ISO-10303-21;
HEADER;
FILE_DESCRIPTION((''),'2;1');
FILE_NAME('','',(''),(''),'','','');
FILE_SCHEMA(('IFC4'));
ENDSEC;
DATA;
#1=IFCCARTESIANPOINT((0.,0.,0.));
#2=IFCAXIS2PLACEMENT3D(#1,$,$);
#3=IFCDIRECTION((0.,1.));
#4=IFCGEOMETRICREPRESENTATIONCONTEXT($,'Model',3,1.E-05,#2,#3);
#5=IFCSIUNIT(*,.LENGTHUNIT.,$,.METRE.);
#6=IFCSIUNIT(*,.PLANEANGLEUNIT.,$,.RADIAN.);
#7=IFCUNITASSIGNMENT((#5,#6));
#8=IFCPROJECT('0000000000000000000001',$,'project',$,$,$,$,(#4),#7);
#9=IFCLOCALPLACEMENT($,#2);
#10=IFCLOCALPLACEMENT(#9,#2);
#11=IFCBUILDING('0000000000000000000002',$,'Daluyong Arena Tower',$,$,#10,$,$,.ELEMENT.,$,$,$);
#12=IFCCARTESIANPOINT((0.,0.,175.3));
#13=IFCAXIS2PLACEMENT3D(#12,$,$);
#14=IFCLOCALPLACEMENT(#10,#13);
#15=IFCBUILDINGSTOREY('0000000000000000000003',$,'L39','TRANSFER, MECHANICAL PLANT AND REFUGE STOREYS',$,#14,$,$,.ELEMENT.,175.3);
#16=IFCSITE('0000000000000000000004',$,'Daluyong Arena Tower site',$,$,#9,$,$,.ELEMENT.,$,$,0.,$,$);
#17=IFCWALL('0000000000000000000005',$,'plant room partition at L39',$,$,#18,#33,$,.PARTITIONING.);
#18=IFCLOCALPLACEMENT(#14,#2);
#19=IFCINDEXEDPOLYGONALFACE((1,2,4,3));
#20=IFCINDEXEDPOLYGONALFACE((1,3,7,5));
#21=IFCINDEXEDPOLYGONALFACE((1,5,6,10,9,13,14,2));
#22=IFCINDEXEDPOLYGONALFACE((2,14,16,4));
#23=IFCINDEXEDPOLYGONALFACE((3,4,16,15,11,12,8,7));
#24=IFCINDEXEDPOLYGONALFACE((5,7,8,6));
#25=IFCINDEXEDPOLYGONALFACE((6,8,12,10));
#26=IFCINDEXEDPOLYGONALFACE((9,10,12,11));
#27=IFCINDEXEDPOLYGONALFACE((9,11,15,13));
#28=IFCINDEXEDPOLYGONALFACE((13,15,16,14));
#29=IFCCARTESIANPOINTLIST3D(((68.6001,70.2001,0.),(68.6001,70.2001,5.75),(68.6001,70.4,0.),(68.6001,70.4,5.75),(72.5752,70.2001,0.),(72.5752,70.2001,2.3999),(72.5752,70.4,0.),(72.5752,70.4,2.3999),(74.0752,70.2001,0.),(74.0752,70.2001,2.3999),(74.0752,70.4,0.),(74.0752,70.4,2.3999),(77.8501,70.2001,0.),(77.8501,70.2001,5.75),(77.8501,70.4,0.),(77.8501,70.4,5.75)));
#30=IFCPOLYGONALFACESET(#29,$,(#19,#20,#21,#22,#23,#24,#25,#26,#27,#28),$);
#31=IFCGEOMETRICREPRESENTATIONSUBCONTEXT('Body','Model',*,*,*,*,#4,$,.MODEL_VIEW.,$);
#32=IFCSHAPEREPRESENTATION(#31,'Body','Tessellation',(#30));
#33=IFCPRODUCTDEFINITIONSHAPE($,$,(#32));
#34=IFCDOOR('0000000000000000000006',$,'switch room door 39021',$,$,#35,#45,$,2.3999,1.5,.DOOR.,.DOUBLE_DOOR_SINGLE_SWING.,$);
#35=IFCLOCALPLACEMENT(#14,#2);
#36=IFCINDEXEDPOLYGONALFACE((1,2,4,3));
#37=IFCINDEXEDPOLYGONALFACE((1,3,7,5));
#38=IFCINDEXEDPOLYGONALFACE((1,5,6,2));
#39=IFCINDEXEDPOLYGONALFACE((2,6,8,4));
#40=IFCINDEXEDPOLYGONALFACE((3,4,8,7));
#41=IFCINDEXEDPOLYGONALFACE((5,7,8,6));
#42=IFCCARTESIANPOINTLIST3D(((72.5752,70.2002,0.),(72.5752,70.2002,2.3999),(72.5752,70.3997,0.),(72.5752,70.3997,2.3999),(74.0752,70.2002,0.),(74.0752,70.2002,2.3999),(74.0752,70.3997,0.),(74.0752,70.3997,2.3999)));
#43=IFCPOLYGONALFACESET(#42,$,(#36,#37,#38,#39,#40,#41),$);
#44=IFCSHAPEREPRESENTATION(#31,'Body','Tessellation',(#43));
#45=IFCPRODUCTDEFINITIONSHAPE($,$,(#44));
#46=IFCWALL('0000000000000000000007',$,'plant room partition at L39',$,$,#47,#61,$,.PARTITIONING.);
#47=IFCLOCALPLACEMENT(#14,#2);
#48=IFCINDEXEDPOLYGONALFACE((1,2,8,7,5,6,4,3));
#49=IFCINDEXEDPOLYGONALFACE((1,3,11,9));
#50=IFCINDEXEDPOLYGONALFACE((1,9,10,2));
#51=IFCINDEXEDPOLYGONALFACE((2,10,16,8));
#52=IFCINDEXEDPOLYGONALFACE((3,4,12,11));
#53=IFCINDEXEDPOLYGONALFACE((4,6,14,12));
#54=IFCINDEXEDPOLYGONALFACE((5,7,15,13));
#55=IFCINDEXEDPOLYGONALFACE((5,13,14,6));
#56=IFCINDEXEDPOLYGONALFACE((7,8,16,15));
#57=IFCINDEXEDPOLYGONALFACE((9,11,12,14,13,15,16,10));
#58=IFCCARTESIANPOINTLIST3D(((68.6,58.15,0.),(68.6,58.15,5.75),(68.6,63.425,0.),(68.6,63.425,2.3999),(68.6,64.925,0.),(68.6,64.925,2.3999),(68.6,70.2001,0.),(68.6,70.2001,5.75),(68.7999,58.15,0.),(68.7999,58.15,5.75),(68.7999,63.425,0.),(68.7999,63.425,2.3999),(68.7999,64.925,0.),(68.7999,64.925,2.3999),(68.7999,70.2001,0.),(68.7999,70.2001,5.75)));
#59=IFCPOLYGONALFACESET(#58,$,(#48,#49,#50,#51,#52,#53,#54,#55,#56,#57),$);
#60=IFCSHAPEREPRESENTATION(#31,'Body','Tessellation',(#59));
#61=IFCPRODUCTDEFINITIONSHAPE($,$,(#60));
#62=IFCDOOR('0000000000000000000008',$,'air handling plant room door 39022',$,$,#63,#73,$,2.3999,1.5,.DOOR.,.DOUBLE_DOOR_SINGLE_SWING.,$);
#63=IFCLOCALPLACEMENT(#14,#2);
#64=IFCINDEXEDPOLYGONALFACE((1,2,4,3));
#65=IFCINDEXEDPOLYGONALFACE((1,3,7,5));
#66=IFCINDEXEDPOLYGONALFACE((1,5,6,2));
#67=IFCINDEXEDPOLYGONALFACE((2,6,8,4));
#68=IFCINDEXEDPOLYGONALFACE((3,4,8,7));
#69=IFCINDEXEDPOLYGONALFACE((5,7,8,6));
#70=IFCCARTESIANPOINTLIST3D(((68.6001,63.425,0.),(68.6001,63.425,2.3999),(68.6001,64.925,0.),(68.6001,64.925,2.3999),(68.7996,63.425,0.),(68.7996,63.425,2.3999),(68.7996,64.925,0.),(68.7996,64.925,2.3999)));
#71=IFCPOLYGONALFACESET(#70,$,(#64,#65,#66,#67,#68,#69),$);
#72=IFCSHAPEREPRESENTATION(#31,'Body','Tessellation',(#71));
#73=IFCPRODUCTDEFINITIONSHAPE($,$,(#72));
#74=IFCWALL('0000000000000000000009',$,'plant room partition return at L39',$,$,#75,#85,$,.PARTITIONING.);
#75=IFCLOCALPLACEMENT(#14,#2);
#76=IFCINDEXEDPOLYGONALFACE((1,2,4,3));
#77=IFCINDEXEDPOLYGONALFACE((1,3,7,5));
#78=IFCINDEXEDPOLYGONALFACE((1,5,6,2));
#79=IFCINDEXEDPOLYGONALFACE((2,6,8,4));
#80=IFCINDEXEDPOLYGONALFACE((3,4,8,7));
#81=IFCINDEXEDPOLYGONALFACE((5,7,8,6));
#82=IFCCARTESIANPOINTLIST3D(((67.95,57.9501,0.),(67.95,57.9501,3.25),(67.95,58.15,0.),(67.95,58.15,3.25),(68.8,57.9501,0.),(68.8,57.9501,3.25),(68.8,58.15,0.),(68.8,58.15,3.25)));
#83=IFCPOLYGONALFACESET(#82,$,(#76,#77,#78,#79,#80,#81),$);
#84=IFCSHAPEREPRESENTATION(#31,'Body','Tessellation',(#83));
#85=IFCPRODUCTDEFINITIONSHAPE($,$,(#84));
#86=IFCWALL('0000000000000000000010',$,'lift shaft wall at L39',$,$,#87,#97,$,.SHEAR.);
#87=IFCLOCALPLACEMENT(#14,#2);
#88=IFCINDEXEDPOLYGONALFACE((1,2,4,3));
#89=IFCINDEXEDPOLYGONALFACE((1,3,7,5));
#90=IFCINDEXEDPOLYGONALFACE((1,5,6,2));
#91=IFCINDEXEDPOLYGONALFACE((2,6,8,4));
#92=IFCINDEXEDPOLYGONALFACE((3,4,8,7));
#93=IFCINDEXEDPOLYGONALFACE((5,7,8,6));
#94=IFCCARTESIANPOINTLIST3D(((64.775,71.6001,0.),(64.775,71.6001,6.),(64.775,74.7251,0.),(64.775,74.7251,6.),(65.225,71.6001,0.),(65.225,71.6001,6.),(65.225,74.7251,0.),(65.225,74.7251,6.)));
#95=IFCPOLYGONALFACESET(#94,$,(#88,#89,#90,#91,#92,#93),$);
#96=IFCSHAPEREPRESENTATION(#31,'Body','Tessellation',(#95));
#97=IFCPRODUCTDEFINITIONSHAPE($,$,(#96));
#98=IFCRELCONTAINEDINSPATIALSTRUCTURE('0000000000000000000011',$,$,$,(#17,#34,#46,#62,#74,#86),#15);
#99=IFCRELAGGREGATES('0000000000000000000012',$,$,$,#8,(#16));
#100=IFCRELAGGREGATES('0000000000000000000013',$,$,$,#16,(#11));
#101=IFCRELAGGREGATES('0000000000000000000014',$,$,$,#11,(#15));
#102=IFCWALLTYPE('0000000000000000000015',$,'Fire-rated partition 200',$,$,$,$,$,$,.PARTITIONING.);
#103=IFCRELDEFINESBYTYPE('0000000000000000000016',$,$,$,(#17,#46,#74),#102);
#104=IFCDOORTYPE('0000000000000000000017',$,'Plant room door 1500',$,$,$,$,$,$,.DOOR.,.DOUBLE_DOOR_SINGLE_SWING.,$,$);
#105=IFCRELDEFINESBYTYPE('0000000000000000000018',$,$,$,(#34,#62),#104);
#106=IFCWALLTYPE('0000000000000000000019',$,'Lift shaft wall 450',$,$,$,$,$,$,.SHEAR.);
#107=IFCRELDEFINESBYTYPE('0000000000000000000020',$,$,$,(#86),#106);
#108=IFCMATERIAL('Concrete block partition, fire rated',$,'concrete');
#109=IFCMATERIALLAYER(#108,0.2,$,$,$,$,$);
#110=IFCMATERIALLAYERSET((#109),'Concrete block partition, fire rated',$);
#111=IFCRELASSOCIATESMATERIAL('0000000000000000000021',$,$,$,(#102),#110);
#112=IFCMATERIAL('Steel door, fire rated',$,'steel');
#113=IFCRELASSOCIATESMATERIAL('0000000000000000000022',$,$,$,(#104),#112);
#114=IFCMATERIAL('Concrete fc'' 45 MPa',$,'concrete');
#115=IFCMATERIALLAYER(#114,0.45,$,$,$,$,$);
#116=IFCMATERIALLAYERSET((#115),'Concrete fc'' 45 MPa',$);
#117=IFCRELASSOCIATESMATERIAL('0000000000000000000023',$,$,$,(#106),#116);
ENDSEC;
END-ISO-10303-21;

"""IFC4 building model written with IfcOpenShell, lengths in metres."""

from ifc_helpers import new_model, si_unit, direction, frame, frame_2d, origin, place, context, subcontext, project, spatial, rectangle, extrude, material, layer, layer_set, type_object, element, fill, save


model = new_model("IFC4")

# Units and contexts
model_context = context("Model", 3, precision=1e-05, world=origin(), true_north=direction((0.0, 1.0)))
body_context = subcontext(model_context, "Body", "Model", "MODEL_VIEW")
ifc_project = project(units=[si_unit("LENGTHUNIT", "METRE"), si_unit("PLANEANGLEUNIT", "RADIAN")], contexts=[model_context])

# Site, building, storey
site_placement = place(None, origin())
site = spatial("IfcSite", under=ifc_project, at=site_placement, Name="Daluyong Arena Tower site", CompositionType="ELEMENT", RefElevation=0.0)
building_placement = place(site_placement, origin())
building = spatial("IfcBuilding", under=site, at=building_placement, Name="Daluyong Arena Tower", CompositionType="ELEMENT")
storey_placement = place(building_placement, frame((0.0, 0.0, 175.3)))
storey = spatial("IfcBuildingStorey", under=building, at=storey_placement, Name="L39", Description="TRANSFER, MECHANICAL PLANT AND REFUGE STOREYS", CompositionType="ELEMENT", Elevation=175.3)

# Walls, openings, doors
ifc_material_1 = material(Name="Concrete block partition, fire rated", Category="concrete")
ifc_layer_1 = layer(ifc_material_1, 0.2)
ifc_layer_set_1 = layer_set([ifc_layer_1], Name="Concrete block partition, fire rated")
wall_type_1 = type_object("IfcWallType", Name="Fire-rated partition 200", PredefinedType="PARTITIONING", material=ifc_layer_set_1)
wall_1_placement = place(storey_placement, frame((68.6001, 70.3, 0.0), z_axis=(0.0, 0.0, 1.0), x_axis=(1.0, 0.0, 0.0)))
wall_1 = element("IfcWall", 1, at=wall_1_placement, inside=storey, type_object=wall_type_1, Name="plant room partition at L39", PredefinedType="PARTITIONING", context=body_context, shape_type="SweptSolid", body=[
    extrude(rectangle(XDim=9.25, YDim=0.2, at=frame_2d((4.625, 0.0))), origin(), (0.0, 0.0, 1.0), 5.75),
])
opening_1_placement = place(wall_1_placement, frame((3.9751, 0.0, 0.0)))
opening_1 = element("IfcOpeningElement", 2, at=opening_1_placement, cuts=wall_1, PredefinedType="OPENING", context=body_context, shape_type="SweptSolid", body=[
    extrude(rectangle(XDim=1.5, YDim=2.3999, at=frame_2d((0.75, 1.2))), frame((0.0, 0.1099, 0.0), z_axis=(0.0, -1.0, 0.0), x_axis=(1.0, 0.0, 0.0)), (0.0, 0.0, 1.0), 0.22),
])
ifc_material_2 = material(Name="Steel door, fire rated", Category="steel")
door_type_1 = type_object("IfcDoorType", Name="Plant room door 1500", OperationType="DOUBLE_DOOR_SINGLE_SWING", PredefinedType="DOOR", material=ifc_material_2)
door_1_placement = place(opening_1_placement, origin())
door_1 = element("IfcDoor", 3, at=door_1_placement, inside=storey, type_object=door_type_1, Name="switch room door 39021", OperationType="DOUBLE_DOOR_SINGLE_SWING", OverallHeight=2.3999, OverallWidth=1.5, PredefinedType="DOOR", context=body_context, shape_type="SweptSolid", body=[
    extrude(rectangle(XDim=1.5, YDim=2.3999, at=frame_2d((0.75, 1.2))), frame((0.0, 0.0996, 0.0), z_axis=(0.0, -1.0, 0.0), x_axis=(1.0, 0.0, 0.0)), (0.0, 0.0, 1.0), 0.1995),
])
fill(opening_1, door_1)
wall_2_placement = place(storey_placement, frame((68.7, 70.2, 0.0), z_axis=(0.0, 0.0, 1.0), x_axis=(0.0, -1.0, 0.0)))
wall_2 = element("IfcWall", 4, at=wall_2_placement, inside=storey, type_object=wall_type_1, Name="plant room partition at L39", PredefinedType="PARTITIONING", context=body_context, shape_type="SweptSolid", body=[
    extrude(rectangle(XDim=12.05, YDim=0.2, at=frame_2d((6.0249, 0.0))), origin(), (0.0, 0.0, 1.0), 5.75),
])
opening_2_placement = place(wall_2_placement, frame((5.2749, 0.0, 0.0)))
opening_2 = element("IfcOpeningElement", 5, at=opening_2_placement, cuts=wall_2, PredefinedType="OPENING", context=body_context, shape_type="SweptSolid", body=[
    extrude(rectangle(XDim=1.5, YDim=2.3999, at=frame_2d((0.75, 1.2))), frame((0.0, 0.1099, 0.0), z_axis=(0.0, -1.0, 0.0), x_axis=(1.0, 0.0, 0.0)), (0.0, 0.0, 1.0), 0.22),
])
door_2_placement = place(opening_2_placement, origin())
door_2 = element("IfcDoor", 6, at=door_2_placement, inside=storey, type_object=door_type_1, Name="air handling plant room door 39022", OperationType="DOUBLE_DOOR_SINGLE_SWING", OverallHeight=2.3999, OverallWidth=1.5, PredefinedType="DOOR", context=body_context, shape_type="SweptSolid", body=[
    extrude(rectangle(XDim=1.5, YDim=2.3999, at=frame_2d((0.75, 1.2))), frame((0.0, 0.0996, 0.0), z_axis=(0.0, -1.0, 0.0), x_axis=(1.0, 0.0, 0.0)), (0.0, 0.0, 1.0), 0.1995),
])
fill(opening_2, door_2)

# Walls
wall_3_placement = place(storey_placement, frame((68.8, 58.05, 0.0), z_axis=(0.0, 0.0, 1.0), x_axis=(-1.0, 0.0, 0.0)))
element("IfcWall", 7, at=wall_3_placement, inside=storey, type_object=wall_type_1, Name="plant room partition return at L39", PredefinedType="PARTITIONING", context=body_context, shape_type="SweptSolid", body=[
    extrude(rectangle(XDim=0.8501, YDim=0.2, at=frame_2d((0.425, 0.0))), origin(), (0.0, 0.0, 1.0), 3.25),
])
ifc_material_3 = material(Name="Concrete fc' 45 MPa", Category="concrete")
ifc_layer_2 = layer(ifc_material_3, 0.45)
ifc_layer_set_2 = layer_set([ifc_layer_2], Name="Concrete fc' 45 MPa")
wall_type_2 = type_object("IfcWallType", Name="Lift shaft wall 450", PredefinedType="SHEAR", material=ifc_layer_set_2)
wall_4_placement = place(storey_placement, frame((65.0, 71.6001, 0.0), z_axis=(0.0, 0.0, 1.0), x_axis=(0.0, 1.0, 0.0)))
element("IfcWall", 8, at=wall_4_placement, inside=storey, type_object=wall_type_2, Name="lift shaft wall at L39", PredefinedType="SHEAR", context=body_context, shape_type="SweptSolid", body=[
    extrude(rectangle(XDim=3.125, YDim=0.45, at=frame_2d((1.5625, 0.0))), origin(), (0.0, 0.0, 1.0), 6.0),
])

save(model, "model.ifc")
